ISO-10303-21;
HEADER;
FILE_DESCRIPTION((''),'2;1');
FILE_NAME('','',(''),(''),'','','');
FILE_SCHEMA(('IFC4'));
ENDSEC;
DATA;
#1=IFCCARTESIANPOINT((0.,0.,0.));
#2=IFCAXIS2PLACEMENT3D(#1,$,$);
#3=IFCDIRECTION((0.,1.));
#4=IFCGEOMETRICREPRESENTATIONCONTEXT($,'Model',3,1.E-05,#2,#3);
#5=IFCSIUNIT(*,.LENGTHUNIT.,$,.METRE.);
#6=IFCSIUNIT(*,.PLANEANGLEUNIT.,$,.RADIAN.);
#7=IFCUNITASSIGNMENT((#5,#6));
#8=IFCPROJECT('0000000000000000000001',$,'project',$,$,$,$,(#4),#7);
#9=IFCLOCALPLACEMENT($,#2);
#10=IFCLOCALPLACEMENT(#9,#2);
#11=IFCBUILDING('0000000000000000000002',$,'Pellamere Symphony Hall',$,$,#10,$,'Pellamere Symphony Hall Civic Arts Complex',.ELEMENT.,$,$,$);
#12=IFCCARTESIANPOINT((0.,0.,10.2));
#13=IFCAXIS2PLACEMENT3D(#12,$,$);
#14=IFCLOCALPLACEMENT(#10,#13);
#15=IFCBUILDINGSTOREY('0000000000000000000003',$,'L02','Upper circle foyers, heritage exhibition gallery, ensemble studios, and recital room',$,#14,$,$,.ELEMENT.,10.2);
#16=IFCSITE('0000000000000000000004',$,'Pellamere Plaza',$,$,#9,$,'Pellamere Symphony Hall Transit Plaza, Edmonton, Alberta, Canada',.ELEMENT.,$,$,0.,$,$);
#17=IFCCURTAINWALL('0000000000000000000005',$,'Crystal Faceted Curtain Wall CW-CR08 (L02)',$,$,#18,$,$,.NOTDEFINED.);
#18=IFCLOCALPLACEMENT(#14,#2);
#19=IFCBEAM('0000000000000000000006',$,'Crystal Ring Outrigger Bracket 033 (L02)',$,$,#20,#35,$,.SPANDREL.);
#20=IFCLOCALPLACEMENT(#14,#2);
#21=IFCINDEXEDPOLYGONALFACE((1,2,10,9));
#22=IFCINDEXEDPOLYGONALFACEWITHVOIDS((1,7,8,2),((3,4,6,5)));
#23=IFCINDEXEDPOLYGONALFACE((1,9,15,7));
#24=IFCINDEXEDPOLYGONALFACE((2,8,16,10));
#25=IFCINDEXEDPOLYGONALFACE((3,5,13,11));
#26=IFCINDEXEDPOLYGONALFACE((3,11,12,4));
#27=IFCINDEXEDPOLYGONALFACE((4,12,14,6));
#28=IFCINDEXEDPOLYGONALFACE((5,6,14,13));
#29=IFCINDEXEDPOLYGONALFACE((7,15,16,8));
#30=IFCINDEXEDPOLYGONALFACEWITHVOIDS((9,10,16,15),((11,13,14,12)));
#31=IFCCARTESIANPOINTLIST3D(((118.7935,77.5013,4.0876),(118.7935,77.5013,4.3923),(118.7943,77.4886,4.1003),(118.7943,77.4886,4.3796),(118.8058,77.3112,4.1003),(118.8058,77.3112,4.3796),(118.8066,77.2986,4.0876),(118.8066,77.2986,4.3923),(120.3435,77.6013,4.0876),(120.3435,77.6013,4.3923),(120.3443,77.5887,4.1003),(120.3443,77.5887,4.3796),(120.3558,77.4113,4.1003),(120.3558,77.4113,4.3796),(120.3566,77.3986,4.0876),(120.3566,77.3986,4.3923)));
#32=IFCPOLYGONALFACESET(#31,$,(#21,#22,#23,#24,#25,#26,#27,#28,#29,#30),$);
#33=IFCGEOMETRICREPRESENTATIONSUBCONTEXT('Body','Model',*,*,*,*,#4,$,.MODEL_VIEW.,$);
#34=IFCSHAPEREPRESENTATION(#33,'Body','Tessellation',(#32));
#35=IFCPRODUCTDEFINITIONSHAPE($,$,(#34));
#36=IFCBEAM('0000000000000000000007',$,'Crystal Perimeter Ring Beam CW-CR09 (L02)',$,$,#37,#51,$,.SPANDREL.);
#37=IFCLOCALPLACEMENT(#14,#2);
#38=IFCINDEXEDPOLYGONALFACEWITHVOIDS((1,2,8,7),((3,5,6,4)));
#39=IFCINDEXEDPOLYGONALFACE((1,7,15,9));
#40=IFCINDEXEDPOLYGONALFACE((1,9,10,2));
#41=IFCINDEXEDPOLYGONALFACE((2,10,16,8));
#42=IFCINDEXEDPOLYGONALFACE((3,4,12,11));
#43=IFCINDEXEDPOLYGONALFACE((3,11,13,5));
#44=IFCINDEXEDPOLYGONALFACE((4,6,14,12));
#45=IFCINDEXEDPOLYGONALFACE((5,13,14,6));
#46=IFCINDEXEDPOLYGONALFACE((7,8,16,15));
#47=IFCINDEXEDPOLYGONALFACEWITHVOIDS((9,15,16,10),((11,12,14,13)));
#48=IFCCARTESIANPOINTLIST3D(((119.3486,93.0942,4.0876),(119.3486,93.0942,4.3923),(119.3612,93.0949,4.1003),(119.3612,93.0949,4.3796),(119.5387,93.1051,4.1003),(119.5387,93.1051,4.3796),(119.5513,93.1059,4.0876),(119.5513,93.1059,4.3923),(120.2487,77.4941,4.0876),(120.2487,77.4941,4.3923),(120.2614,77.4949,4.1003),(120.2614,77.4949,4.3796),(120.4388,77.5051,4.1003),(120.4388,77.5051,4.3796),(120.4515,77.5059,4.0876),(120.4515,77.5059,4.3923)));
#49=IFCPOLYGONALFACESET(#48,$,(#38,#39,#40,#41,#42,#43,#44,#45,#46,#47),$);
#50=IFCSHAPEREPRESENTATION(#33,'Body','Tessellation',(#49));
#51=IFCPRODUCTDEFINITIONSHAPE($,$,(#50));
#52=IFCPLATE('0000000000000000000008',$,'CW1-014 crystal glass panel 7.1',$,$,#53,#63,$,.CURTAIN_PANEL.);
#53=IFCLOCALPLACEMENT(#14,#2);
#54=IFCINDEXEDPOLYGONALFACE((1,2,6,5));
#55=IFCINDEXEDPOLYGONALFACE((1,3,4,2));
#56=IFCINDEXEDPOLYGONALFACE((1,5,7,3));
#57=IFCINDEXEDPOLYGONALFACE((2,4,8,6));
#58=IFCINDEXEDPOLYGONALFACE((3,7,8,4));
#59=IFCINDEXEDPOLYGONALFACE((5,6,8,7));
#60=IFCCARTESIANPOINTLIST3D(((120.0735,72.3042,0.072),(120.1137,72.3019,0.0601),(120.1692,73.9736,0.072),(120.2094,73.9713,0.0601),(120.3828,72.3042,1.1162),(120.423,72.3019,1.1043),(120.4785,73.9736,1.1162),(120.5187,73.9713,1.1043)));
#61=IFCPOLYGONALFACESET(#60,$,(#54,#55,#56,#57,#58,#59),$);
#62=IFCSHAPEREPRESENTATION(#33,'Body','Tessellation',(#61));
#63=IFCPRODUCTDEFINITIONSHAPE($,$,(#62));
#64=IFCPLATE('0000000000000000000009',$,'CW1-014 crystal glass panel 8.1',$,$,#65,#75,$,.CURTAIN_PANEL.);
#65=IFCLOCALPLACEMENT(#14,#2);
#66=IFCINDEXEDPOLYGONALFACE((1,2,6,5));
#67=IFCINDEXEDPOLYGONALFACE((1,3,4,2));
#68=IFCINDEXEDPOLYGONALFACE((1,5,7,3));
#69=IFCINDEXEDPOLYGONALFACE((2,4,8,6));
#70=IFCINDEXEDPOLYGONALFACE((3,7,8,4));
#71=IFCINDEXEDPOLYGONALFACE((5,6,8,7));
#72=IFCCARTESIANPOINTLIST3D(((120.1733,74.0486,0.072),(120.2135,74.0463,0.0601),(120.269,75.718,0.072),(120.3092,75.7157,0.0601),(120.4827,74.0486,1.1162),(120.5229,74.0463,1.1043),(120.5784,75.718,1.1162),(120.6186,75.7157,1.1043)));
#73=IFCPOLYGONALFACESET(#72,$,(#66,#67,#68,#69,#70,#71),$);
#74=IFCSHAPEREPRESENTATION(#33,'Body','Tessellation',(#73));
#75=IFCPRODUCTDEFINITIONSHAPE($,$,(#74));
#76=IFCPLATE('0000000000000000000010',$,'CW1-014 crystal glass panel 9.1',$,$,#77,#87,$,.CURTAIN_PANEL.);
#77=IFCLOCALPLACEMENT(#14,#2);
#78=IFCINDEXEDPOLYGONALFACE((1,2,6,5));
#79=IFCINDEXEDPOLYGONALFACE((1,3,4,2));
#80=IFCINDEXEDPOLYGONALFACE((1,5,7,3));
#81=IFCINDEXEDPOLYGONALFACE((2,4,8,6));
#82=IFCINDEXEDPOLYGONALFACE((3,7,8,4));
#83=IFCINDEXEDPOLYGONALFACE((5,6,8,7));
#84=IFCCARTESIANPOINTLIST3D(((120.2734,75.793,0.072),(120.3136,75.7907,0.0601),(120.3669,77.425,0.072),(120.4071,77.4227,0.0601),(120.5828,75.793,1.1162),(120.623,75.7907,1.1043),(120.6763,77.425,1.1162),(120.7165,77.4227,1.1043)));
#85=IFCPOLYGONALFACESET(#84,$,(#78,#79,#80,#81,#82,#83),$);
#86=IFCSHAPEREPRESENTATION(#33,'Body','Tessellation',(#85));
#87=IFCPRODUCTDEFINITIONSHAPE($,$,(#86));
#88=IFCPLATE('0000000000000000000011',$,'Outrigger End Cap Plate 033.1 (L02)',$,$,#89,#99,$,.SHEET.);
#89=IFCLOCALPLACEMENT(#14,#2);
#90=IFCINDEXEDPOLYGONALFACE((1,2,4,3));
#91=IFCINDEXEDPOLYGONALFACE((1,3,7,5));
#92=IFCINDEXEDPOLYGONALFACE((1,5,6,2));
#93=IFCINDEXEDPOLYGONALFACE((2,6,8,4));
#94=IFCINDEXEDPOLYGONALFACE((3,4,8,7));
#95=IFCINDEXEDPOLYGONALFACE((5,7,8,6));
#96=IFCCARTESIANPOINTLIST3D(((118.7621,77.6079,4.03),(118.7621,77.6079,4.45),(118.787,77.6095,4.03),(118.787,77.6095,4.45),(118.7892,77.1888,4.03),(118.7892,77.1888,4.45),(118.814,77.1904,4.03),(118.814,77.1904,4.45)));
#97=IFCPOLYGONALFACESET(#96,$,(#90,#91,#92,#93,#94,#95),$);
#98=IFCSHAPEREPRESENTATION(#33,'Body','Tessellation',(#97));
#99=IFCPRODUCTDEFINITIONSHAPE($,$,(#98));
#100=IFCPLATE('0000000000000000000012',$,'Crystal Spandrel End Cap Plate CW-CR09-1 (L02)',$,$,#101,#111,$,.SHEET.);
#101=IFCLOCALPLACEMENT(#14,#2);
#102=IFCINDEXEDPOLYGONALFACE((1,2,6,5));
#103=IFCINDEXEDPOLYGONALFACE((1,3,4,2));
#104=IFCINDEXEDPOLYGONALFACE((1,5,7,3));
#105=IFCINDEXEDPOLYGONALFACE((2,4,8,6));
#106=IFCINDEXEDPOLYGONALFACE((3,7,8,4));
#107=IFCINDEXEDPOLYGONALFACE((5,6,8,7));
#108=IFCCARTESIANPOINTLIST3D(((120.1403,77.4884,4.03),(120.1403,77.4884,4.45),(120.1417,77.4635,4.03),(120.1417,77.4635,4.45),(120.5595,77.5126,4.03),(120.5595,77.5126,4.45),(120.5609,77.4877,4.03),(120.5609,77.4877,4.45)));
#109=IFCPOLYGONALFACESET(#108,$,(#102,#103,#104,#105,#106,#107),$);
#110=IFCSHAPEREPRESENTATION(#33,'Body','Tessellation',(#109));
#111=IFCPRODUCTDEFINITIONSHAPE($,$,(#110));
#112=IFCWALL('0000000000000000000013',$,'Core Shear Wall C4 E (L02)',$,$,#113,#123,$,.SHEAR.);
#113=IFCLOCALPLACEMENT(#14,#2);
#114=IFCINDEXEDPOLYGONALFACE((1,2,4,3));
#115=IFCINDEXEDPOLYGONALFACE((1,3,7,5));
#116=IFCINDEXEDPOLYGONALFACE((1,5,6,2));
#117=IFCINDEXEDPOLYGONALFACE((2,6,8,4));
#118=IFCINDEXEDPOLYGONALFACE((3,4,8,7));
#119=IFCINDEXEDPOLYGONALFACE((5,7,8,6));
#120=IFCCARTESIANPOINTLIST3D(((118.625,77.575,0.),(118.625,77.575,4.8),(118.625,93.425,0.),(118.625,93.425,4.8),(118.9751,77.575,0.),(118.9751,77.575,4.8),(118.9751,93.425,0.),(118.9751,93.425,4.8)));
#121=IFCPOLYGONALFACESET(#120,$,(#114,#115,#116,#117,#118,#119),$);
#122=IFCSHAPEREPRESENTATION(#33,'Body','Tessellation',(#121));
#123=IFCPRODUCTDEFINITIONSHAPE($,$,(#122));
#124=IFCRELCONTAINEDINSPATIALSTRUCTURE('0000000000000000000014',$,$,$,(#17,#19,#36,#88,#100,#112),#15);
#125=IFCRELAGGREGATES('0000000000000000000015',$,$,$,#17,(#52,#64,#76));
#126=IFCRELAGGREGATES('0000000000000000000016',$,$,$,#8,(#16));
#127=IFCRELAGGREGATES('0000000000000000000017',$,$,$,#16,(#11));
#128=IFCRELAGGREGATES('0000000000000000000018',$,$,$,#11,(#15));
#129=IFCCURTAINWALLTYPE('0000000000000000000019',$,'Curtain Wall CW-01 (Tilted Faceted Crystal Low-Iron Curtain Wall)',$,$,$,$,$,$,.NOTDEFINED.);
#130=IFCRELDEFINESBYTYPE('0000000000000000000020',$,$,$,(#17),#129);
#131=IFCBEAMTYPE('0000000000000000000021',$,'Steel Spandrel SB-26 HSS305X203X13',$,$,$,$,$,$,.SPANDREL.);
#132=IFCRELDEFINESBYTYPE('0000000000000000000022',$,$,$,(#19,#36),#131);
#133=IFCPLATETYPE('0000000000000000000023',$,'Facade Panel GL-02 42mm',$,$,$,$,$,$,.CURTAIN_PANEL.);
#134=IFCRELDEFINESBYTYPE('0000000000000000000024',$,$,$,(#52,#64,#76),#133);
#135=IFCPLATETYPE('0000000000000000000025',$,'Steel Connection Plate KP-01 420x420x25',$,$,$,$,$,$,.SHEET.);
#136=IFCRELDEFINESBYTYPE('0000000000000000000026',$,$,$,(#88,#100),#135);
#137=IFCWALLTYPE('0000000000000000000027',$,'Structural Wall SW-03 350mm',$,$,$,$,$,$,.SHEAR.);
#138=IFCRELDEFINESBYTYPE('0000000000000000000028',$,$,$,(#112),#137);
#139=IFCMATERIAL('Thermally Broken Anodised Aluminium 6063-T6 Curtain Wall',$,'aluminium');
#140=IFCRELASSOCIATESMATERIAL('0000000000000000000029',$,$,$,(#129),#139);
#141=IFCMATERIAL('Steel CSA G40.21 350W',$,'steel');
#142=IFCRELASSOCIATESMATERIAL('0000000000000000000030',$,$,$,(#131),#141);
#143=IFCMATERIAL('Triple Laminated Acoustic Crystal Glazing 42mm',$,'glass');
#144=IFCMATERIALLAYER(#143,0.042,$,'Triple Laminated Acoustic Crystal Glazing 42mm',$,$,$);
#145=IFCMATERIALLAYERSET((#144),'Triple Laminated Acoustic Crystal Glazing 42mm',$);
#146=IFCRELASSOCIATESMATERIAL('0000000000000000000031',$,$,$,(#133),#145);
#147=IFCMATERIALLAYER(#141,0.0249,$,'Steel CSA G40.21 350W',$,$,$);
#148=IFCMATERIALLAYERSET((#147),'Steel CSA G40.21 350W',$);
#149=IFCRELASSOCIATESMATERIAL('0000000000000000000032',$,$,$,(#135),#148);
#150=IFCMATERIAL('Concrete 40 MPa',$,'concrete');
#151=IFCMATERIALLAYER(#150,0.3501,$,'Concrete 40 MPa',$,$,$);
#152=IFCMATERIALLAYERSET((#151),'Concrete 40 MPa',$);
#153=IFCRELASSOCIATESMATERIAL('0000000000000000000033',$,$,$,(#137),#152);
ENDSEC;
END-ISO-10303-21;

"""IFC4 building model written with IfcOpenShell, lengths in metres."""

from ifc_helpers import new_model, si_unit, direction, frame, frame_2d, origin, origin_2d, place, context, subcontext, project, spatial, polyline, rectangle, hollow_rectangle, outline, extrude, material, layer, layer_set, material_profile, profile_set, type_object, element, aggregate, save


model = new_model("IFC4")

# Units and contexts
model_context = context("Model", 3, precision=1e-05, world=origin(), true_north=direction((0.0, 1.0)))
body_context = subcontext(model_context, "Body", "Model", "MODEL_VIEW")
ifc_project = project(units=[si_unit("LENGTHUNIT", "METRE"), si_unit("PLANEANGLEUNIT", "RADIAN")], contexts=[model_context])

# Site, building, storey
site_placement = place(None, origin())
site = spatial("IfcSite", under=ifc_project, at=site_placement, Name="Pellamere Plaza", LongName="Pellamere Symphony Hall Transit Plaza, Edmonton, Alberta, Canada", CompositionType="ELEMENT", RefElevation=0.0)
building_placement = place(site_placement, origin())
building = spatial("IfcBuilding", under=site, at=building_placement, Name="Pellamere Symphony Hall", LongName="Pellamere Symphony Hall Civic Arts Complex", CompositionType="ELEMENT")
storey_placement = place(building_placement, frame((0.0, 0.0, 10.2)))
storey = spatial("IfcBuildingStorey", under=building, at=storey_placement, Name="L02", Description="Upper circle foyers, heritage exhibition gallery, ensemble studios, and recital room", CompositionType="ELEMENT", Elevation=10.2)

# Shared definitions
ifc_material_1 = material(Name="Concrete 40 MPa", Category="concrete")

# Curtain wall
ifc_material_2 = material(Name="Thermally Broken Anodised Aluminium 6063-T6 Curtain Wall", Category="aluminium")
curtain_wall_type = type_object("IfcCurtainWallType", Name="Curtain Wall CW-01 (Tilted Faceted Crystal Low-Iron Curtain Wall)", PredefinedType="NOTDEFINED", material=ifc_material_2)
curtain_wall_1_placement = place(storey_placement, origin())
curtain_wall_1 = element("IfcCurtainWall", 1, at=curtain_wall_1_placement, inside=storey, type_object=curtain_wall_type, Name="Crystal Faceted Curtain Wall CW-CR08 (L02)", PredefinedType="NOTDEFINED")

# Beams
ifc_material_3 = material(Name="Steel CSA G40.21 350W", Category="steel")
ifc_material_profile_1 = material_profile(ifc_material_3, hollow_rectangle(XDim=0.2031, YDim=0.3047, WallThickness=0.0127, at=origin_2d()), Name="HSS305X203X13")
ifc_profile_set_1 = profile_set([ifc_material_profile_1], Name="Steel CSA G40.21 350W")
beam_type_1 = type_object("IfcBeamType", Name="Steel Spandrel SB-26 HSS305X203X13", PredefinedType="SPANDREL", material=ifc_profile_set_1)
beam_1_placement = place(storey_placement, frame((118.8, 77.3999, 4.24), z_axis=(0.997921, 0.064443, 0.0), x_axis=(-0.064443, 0.997921, 0.0)))
element("IfcBeam", 2, at=beam_1_placement, inside=storey, type_object=beam_type_1, Name="Crystal Ring Outrigger Bracket 033 (L02)", PredefinedType="SPANDREL", context=body_context, shape_type="SweptSolid", body=[
    extrude(hollow_rectangle(XDim=0.2031, YDim=0.3047, WallThickness=0.0127, at=origin_2d()), origin(), (0.0, 0.0, 1.0), 1.5532),
])
beam_2_placement = place(storey_placement, frame((120.3501, 77.5, 4.24), z_axis=(-0.057606, 0.998339, 0.0), x_axis=(-0.998339, -0.057606, 0.0)))
element("IfcBeam", 3, at=beam_2_placement, inside=storey, type_object=beam_type_1, Name="Crystal Perimeter Ring Beam CW-CR09 (L02)", PredefinedType="SPANDREL", context=body_context, shape_type="SweptSolid", body=[
    extrude(hollow_rectangle(XDim=0.2031, YDim=0.3047, WallThickness=0.0127, at=origin_2d()), origin(), (0.0, 0.0, 1.0), 15.626),
])

# Plates
ifc_material_4 = material(Name="Triple Laminated Acoustic Crystal Glazing 42mm", Category="glass")
ifc_layer_1 = layer(ifc_material_4, 0.042, Name="Triple Laminated Acoustic Crystal Glazing 42mm")
ifc_layer_set_1 = layer_set([ifc_layer_1], Name="Triple Laminated Acoustic Crystal Glazing 42mm")
plate_type_1 = type_object("IfcPlateType", Name="Facade Panel GL-02 42mm", PredefinedType="CURTAIN_PANEL", material=ifc_layer_set_1)
plate_1_placement = place(storey_placement, frame((120.0735, 72.3042, 0.072), z_axis=(-0.957369, 0.054883, 0.283607), x_axis=(0.057233, 0.998361, 0.0)))
plate_1 = element("IfcPlate", 4, at=plate_1_placement, type_object=plate_type_1, Name="CW1-014 crystal glass panel 7.1", PredefinedType="CURTAIN_PANEL", context=body_context, shape_type="SweptSolid", body=[
    extrude(outline(polyline([(0.0, 0.0), (1.6722, 0.0), (1.6899, -1.0889), (0.0177, -1.0889), (0.0, 0.0)])), origin(), (0.0, 0.0, -1.0), 0.042),
])
plate_2_placement = place(storey_placement, frame((120.1733, 74.0486, 0.072), z_axis=(-0.957369, 0.054883, 0.283607), x_axis=(0.057233, 0.998361, 0.0)))
plate_2 = element("IfcPlate", 5, at=plate_2_placement, type_object=plate_type_1, Name="CW1-014 crystal glass panel 8.1", PredefinedType="CURTAIN_PANEL", context=body_context, shape_type="SweptSolid", body=[
    extrude(outline(polyline([(0.0, 0.0), (1.6722, 0.0), (1.6899, -1.0889), (0.0177, -1.0889), (0.0, 0.0)])), origin(), (0.0, 0.0, -1.0), 0.042),
])
plate_3_placement = place(storey_placement, frame((120.2734, 75.793, 0.072), z_axis=(-0.957371, 0.05485, 0.283607), x_axis=(0.057199, 0.998363, 0.0)))
plate_3 = element("IfcPlate", 6, at=plate_3_placement, type_object=plate_type_1, Name="CW1-014 crystal glass panel 9.1", PredefinedType="CURTAIN_PANEL", context=body_context, shape_type="SweptSolid", body=[
    extrude(outline(polyline([(0.0, 0.0), (1.6348, 0.0), (1.6524, -1.0889), (0.0177, -1.0889), (0.0, 0.0)])), origin(), (0.0, 0.0, -1.0), 0.042),
])
aggregate(curtain_wall_1, [plate_1, plate_2, plate_3])

# Plates
ifc_layer_2 = layer(ifc_material_3, 0.0249, Name="Steel CSA G40.21 350W")
ifc_layer_set_2 = layer_set([ifc_layer_2], Name="Steel CSA G40.21 350W")
plate_type_2 = type_object("IfcPlateType", Name="Steel Connection Plate KP-01 420x420x25", PredefinedType="SHEET", material=ifc_layer_set_2)
for number, where, z_axis, x_axis, name in (
    (7, (118.7881, 77.3992, 4.03), (0.0, 0.0, 1.0), (0.997927, 0.064358, 0.0), "Outrigger End Cap Plate 033.1 (L02)"),
    (8, (120.3506, 77.488, 4.03), (0.0, 0.0, 1.0), (-0.057564, 0.998342, 0.0), "Crystal Spandrel End Cap Plate CW-CR09-1 (L02)"),
):
    element("IfcPlate", number, at=place(storey_placement, frame(where, z_axis=z_axis, x_axis=x_axis)), inside=storey, type_object=plate_type_2, Name=name, PredefinedType="SHEET", context=body_context, shape_type="SweptSolid", body=[
        extrude(rectangle(XDim=0.0249, YDim=0.4199, at=origin_2d()), origin(), (0.0, 0.0, 1.0), 0.4199),
    ])

# Wall
ifc_layer_3 = layer(ifc_material_1, 0.3501, Name="Concrete 40 MPa")
ifc_layer_set_3 = layer_set([ifc_layer_3], Name="Concrete 40 MPa")
wall_type = type_object("IfcWallType", Name="Structural Wall SW-03 350mm", PredefinedType="SHEAR", material=ifc_layer_set_3)
wall_placement = place(storey_placement, frame((118.8, 77.575, 0.0), z_axis=(0.0, 0.0, 1.0), x_axis=(0.0, 1.0, 0.0)))
element("IfcWall", 9, at=wall_placement, inside=storey, type_object=wall_type, Name="Core Shear Wall C4 E (L02)", PredefinedType="SHEAR", context=body_context, shape_type="SweptSolid", body=[
    extrude(rectangle(XDim=15.8501, YDim=0.3501, at=frame_2d((7.925, 0.0))), origin(), (0.0, 0.0, 1.0), 4.8),
])

save(model, "model.ifc")
